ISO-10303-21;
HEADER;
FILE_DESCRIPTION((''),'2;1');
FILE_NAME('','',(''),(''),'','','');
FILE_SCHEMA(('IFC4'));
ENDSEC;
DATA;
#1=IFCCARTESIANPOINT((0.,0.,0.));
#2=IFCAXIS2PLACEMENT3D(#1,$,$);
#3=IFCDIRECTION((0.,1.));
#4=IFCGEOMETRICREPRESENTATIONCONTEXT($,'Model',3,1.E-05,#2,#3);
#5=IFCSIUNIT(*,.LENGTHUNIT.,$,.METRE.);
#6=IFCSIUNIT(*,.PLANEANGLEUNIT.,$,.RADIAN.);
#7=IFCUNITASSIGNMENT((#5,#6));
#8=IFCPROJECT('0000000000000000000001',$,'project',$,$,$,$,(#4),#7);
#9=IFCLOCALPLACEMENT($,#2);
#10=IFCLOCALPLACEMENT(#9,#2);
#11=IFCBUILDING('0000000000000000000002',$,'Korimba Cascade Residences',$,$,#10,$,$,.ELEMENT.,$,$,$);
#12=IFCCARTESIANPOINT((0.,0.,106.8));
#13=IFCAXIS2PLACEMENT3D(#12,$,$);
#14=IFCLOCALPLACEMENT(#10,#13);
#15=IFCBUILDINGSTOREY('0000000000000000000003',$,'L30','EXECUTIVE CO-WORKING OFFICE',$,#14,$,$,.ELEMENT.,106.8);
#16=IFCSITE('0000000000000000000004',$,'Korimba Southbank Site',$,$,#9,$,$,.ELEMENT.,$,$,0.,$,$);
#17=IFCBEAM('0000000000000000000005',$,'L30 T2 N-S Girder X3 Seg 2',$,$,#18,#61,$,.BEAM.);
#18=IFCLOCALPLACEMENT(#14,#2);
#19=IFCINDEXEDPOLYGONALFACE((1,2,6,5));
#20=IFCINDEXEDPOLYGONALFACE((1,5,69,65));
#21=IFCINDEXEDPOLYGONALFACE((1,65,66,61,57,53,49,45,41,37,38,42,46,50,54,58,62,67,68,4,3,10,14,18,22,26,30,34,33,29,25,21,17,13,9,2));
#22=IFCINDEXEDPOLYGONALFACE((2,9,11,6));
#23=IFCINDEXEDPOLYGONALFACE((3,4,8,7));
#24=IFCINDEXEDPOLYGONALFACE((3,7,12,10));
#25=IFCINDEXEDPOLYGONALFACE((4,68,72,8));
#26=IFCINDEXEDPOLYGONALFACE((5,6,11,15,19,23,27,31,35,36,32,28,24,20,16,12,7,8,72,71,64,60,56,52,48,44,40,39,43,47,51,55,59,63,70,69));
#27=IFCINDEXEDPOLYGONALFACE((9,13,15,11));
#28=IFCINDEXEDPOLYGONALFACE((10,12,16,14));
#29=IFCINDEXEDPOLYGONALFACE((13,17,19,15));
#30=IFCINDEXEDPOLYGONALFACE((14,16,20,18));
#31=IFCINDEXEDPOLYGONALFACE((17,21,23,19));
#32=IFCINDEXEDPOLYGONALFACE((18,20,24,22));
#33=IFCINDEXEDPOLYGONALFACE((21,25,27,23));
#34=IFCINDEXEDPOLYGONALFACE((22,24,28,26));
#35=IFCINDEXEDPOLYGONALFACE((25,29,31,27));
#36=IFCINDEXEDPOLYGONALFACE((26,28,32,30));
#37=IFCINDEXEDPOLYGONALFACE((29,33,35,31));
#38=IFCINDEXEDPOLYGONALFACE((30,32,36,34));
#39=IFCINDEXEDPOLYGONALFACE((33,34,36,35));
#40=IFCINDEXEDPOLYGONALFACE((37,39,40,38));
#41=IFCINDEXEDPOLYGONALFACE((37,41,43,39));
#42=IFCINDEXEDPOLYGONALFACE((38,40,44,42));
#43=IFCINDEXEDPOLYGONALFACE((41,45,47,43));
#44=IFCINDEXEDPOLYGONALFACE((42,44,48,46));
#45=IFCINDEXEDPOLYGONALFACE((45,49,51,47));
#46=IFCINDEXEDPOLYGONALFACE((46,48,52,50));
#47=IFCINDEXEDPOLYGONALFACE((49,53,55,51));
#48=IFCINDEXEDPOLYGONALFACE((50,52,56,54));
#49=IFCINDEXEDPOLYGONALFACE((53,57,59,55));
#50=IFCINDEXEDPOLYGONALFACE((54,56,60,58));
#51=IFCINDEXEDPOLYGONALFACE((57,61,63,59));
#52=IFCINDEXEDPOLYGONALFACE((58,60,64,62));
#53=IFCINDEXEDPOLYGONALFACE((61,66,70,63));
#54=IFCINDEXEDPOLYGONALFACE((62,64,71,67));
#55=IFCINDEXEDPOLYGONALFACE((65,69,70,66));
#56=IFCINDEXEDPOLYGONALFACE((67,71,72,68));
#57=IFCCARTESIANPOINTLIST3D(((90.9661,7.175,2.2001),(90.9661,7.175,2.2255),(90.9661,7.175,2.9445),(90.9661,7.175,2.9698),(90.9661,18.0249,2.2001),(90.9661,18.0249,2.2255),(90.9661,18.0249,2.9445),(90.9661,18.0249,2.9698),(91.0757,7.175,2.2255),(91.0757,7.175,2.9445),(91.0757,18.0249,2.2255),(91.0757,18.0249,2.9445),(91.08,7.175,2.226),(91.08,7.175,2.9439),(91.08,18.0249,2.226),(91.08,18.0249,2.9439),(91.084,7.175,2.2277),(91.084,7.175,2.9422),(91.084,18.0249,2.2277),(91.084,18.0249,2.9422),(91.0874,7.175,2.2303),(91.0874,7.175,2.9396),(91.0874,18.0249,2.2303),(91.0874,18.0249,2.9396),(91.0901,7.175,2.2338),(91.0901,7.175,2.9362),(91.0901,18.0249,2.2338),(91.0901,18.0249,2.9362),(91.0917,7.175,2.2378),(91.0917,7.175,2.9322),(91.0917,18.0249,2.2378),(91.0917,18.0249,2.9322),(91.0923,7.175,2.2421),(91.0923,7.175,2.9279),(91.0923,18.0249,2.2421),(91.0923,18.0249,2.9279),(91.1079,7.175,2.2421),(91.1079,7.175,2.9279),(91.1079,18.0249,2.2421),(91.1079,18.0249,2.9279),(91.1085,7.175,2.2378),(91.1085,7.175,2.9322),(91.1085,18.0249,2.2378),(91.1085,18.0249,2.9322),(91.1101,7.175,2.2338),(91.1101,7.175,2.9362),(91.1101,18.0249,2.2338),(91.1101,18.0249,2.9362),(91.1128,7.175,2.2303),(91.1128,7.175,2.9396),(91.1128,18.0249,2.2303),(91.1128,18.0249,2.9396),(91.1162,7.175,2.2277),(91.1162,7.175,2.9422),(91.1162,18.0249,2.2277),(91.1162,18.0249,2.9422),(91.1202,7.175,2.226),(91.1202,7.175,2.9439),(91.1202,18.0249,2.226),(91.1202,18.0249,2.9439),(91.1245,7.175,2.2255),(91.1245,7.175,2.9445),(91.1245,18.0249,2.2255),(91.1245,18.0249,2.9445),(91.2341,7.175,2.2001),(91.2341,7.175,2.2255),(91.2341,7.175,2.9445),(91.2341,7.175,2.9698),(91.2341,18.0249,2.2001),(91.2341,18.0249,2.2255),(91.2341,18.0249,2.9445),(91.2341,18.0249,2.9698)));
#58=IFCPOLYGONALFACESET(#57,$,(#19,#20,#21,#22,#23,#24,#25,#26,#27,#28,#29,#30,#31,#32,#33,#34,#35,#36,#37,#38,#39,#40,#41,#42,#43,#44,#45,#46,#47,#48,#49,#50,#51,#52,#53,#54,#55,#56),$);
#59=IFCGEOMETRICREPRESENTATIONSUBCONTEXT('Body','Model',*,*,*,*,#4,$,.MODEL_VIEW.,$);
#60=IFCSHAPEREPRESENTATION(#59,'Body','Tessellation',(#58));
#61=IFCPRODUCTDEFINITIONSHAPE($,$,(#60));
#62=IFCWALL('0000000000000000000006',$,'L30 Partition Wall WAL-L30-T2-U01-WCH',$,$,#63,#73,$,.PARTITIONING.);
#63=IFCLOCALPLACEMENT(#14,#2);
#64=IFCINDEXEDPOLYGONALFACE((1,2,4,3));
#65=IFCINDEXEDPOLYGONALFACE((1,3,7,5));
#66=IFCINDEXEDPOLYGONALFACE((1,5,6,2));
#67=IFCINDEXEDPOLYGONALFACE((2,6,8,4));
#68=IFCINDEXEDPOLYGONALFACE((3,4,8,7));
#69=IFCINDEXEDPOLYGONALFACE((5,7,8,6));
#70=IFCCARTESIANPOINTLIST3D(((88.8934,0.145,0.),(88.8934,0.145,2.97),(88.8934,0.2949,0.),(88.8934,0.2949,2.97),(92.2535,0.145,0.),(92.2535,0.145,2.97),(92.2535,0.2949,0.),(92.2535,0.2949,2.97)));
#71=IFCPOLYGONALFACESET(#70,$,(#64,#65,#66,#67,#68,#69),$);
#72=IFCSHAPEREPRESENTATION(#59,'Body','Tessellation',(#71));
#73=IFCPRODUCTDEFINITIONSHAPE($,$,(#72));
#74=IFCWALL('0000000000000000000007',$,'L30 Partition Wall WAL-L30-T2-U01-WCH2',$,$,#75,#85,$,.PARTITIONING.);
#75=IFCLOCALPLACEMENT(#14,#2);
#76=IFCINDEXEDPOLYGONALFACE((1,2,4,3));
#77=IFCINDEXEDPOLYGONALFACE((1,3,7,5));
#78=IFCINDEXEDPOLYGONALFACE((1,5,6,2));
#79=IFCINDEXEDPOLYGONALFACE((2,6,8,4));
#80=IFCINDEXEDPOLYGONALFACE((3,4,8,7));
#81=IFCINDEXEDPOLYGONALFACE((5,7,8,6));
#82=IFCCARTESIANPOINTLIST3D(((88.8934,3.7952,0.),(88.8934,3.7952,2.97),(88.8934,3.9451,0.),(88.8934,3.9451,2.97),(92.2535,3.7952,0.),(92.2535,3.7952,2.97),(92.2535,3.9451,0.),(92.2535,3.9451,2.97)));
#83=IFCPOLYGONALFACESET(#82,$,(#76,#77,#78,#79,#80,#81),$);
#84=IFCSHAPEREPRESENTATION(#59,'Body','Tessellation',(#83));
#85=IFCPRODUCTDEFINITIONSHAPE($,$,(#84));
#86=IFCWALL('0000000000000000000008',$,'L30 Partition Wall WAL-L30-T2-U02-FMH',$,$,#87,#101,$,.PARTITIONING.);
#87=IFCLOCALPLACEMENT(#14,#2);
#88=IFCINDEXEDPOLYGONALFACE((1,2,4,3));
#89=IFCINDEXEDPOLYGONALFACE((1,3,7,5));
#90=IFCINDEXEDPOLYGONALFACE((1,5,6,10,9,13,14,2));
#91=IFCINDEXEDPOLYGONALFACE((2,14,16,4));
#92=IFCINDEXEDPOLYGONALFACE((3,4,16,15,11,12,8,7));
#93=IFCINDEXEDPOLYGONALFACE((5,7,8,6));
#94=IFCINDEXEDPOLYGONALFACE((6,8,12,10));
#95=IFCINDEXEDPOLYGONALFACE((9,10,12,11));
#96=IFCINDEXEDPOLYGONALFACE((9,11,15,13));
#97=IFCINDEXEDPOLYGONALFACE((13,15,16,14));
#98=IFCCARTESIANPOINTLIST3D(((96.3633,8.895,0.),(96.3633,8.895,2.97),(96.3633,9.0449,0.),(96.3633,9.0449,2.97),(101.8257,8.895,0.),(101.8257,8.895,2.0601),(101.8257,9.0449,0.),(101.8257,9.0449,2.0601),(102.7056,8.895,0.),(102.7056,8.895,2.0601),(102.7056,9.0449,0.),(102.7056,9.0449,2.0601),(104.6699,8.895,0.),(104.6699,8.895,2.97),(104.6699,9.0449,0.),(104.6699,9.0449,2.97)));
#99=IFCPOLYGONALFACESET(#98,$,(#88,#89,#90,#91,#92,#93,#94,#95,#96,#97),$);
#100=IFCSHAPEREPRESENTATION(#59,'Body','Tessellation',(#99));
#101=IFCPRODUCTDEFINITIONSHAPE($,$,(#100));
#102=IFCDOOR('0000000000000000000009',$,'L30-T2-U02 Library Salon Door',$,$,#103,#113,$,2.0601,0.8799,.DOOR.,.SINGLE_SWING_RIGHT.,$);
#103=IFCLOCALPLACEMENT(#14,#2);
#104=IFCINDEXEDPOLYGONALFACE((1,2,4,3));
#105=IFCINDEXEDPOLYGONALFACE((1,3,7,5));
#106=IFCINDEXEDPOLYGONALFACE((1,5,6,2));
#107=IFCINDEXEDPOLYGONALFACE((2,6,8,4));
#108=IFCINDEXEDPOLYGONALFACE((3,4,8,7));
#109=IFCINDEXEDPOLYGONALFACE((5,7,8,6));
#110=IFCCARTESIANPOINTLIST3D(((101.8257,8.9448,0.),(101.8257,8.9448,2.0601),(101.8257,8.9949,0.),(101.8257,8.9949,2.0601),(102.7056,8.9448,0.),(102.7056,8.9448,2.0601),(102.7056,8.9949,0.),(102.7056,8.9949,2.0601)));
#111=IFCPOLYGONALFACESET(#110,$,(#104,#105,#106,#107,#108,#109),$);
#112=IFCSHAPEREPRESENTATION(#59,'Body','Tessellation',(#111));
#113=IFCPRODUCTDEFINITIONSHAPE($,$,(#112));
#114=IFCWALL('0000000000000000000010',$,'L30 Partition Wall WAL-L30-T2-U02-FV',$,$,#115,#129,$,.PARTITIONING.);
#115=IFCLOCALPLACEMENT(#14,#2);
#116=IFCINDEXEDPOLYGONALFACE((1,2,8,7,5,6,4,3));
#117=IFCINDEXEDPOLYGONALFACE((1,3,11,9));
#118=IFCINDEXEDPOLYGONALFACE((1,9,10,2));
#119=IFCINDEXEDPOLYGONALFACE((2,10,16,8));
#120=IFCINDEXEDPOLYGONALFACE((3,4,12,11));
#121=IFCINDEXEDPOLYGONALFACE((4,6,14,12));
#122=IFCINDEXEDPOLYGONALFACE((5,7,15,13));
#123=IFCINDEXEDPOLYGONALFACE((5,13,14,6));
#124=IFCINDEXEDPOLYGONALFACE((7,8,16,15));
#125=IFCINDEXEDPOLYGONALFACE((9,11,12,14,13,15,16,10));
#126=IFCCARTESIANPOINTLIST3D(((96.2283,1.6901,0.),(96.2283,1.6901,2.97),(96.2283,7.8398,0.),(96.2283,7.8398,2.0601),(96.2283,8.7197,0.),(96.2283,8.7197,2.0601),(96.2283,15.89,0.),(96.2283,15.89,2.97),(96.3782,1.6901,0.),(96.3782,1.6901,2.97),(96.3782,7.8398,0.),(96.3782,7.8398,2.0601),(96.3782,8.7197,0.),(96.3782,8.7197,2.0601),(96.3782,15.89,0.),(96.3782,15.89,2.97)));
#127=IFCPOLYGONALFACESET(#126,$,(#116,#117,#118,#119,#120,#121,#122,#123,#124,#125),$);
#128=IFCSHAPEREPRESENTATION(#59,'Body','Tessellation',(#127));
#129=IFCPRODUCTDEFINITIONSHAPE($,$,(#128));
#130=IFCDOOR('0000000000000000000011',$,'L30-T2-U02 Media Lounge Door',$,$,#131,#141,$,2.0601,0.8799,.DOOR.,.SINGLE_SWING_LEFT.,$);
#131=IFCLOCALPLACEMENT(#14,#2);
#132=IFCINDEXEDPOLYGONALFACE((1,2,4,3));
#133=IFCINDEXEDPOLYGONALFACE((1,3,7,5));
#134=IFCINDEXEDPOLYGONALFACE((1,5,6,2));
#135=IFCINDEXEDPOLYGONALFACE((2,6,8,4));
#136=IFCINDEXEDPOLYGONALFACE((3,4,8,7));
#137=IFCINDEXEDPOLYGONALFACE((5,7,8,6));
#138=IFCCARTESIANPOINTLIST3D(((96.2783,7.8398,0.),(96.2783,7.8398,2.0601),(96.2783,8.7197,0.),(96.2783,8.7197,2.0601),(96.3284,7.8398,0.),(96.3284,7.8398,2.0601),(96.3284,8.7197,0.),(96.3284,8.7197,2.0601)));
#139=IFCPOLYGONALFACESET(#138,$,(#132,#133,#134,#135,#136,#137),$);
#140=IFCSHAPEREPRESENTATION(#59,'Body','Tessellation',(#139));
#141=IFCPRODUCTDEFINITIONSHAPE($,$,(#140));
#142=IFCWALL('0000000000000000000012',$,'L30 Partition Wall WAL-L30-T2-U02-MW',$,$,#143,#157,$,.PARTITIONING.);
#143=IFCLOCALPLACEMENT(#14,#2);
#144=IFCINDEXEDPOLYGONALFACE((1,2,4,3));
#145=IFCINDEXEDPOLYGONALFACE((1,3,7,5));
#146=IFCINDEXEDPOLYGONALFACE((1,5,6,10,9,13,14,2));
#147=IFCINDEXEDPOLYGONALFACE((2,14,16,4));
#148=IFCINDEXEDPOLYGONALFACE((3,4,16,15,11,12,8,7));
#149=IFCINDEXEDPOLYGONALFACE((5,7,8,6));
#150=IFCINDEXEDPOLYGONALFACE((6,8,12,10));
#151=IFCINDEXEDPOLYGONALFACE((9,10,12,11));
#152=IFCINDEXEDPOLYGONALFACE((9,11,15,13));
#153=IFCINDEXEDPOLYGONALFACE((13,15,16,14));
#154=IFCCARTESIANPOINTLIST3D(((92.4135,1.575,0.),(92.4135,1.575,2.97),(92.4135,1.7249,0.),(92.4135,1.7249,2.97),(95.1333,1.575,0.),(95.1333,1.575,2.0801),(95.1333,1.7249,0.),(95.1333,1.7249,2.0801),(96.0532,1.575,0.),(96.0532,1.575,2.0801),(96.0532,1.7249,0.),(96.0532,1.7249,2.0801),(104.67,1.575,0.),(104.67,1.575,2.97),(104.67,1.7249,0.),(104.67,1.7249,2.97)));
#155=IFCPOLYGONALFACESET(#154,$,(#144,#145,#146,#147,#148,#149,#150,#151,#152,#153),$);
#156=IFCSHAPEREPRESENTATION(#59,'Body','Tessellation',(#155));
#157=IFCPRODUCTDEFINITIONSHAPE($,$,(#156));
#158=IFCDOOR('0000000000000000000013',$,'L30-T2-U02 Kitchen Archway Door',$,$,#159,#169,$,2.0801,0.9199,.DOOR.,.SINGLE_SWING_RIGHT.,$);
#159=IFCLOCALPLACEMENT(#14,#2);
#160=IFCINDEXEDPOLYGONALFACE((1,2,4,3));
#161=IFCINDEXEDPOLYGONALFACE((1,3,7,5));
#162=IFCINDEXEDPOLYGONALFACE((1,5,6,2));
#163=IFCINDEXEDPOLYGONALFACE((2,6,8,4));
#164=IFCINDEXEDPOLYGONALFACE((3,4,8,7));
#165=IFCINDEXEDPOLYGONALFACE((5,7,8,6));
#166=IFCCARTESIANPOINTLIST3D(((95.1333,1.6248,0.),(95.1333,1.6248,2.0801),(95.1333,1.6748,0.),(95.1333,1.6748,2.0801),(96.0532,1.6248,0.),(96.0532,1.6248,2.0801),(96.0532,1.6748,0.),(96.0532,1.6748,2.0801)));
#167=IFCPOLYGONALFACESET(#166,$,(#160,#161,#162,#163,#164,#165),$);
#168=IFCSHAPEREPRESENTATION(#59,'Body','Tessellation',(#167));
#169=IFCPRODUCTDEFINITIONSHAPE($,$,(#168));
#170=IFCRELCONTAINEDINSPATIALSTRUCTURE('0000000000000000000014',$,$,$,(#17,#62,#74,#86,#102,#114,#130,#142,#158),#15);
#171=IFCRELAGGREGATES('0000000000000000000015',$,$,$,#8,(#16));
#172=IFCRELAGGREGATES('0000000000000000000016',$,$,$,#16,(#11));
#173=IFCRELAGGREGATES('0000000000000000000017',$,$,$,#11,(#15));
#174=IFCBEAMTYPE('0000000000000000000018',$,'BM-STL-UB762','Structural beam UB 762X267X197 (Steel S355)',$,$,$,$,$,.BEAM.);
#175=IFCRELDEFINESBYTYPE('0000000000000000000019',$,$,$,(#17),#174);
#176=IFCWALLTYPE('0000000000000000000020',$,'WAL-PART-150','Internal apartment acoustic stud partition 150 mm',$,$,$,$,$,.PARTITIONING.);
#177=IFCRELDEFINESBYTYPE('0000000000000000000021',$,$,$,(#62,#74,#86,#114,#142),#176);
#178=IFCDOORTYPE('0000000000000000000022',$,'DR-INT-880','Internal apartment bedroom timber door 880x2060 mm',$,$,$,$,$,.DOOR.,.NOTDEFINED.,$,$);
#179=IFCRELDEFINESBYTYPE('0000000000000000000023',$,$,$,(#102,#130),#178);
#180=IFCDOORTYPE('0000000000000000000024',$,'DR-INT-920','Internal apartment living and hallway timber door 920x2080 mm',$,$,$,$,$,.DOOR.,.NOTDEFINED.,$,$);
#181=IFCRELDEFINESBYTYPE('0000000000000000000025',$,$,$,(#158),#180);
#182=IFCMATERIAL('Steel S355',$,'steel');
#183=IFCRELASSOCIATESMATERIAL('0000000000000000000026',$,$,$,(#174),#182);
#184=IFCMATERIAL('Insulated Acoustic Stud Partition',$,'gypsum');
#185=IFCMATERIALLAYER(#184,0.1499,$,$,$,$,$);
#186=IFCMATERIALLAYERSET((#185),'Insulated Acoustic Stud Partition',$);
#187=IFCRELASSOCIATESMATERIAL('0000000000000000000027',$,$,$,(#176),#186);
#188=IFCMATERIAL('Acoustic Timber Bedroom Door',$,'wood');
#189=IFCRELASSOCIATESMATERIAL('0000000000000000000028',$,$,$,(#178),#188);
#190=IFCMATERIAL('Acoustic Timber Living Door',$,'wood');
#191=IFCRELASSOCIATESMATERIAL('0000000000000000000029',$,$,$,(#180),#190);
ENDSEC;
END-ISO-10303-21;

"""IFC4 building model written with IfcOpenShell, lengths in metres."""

from ifc_helpers import new_model, si_unit, direction, frame, frame_2d, origin, origin_2d, place, context, subcontext, project, spatial, rectangle, i_section, extrude, material, layer, layer_set, material_profile, profile_set, type_object, element, fill, save


model = new_model("IFC4")

# Units and contexts
model_context = context("Model", 3, precision=1e-05, world=origin(), true_north=direction((0.0, 1.0)))
body_context = subcontext(model_context, "Body", "Model", "MODEL_VIEW")
ifc_project = project(units=[si_unit("LENGTHUNIT", "METRE"), si_unit("PLANEANGLEUNIT", "RADIAN")], contexts=[model_context])

# Site, building, storey
site_placement = place(None, origin())
site = spatial("IfcSite", under=ifc_project, at=site_placement, Name="Korimba Southbank Site", CompositionType="ELEMENT", RefElevation=0.0)
building_placement = place(site_placement, origin())
building = spatial("IfcBuilding", under=site, at=building_placement, Name="Korimba Cascade Residences", CompositionType="ELEMENT")
storey_placement = place(building_placement, frame((0.0, 0.0, 106.8)))
storey = spatial("IfcBuildingStorey", under=building, at=storey_placement, Name="L30", Description="EXECUTIVE CO-WORKING OFFICE", CompositionType="ELEMENT", Elevation=106.8)

# Beam
ifc_material_1 = material(Name="Steel S355", Category="steel")
ifc_material_profile_1 = material_profile(ifc_material_1, i_section(OverallWidth=0.2681, OverallDepth=0.7698, WebThickness=0.0156, FlangeThickness=0.0254, FilletRadius=0.0166, at=origin_2d()), Name="Steel S355")
ifc_profile_set_1 = profile_set([ifc_material_profile_1], Name="Steel S355")
beam_type_1 = type_object("IfcBeamType", Name="BM-STL-UB762", Description="Structural beam UB 762X267X197 (Steel S355)", PredefinedType="BEAM", material=ifc_profile_set_1)
for number, where, z_axis, x_axis, name in (
    (1, (91.1001, 7.175, 2.585), (0.0, 1.0, 0.0), (-1.0, 0.0, 0.0), "L30 T2 N-S Girder X3 Seg 2"),
):
    element("IfcBeam", number, at=place(storey_placement, frame(where, z_axis=z_axis, x_axis=x_axis)), inside=storey, type_object=beam_type_1, Name=name, PredefinedType="BEAM", context=body_context, shape_type="SweptSolid", body=[
        extrude(i_section(OverallWidth=0.2681, OverallDepth=0.7698, WebThickness=0.0156, FlangeThickness=0.0254, FilletRadius=0.0166, at=origin_2d()), origin(), (0.0, 0.0, 1.0), 10.8499),
    ])

# Walls
ifc_material_2 = material(Name="Insulated Acoustic Stud Partition", Category="gypsum")
ifc_layer = layer(ifc_material_2, 0.1499)
ifc_layer_set = layer_set([ifc_layer], Name="Insulated Acoustic Stud Partition")
wall_type = type_object("IfcWallType", Name="WAL-PART-150", Description="Internal apartment acoustic stud partition 150 mm", PredefinedType="PARTITIONING", material=ifc_layer_set)
for number, where, z_axis, x_axis, name in (
    (2, (88.8933, 0.22, 0.0), (0.0, 0.0, 1.0), (1.0, 0.0, 0.0), "L30 Partition Wall WAL-L30-T2-U01-WCH"),
    (3, (88.8933, 3.8701, 0.0), (0.0, 0.0, 1.0), (1.0, 0.0, 0.0), "L30 Partition Wall WAL-L30-T2-U01-WCH2"),
):
    element("IfcWall", number, at=place(storey_placement, frame(where, z_axis=z_axis, x_axis=x_axis)), inside=storey, type_object=wall_type, Name=name, PredefinedType="PARTITIONING", context=body_context, shape_type="SweptSolid", body=[
        extrude(rectangle(XDim=3.3601, YDim=0.1499, at=frame_2d((1.6802, 0.0))), origin(), (0.0, 0.0, 1.0), 2.97),
    ])

# Walls, openings, doors
wall_1_placement = place(storey_placement, frame((96.3633, 8.97, 0.0), z_axis=(0.0, 0.0, 1.0), x_axis=(1.0, 0.0, 0.0)))
wall_1 = element("IfcWall", 4, at=wall_1_placement, inside=storey, type_object=wall_type, Name="L30 Partition Wall WAL-L30-T2-U02-FMH", PredefinedType="PARTITIONING", context=body_context, shape_type="SweptSolid", body=[
    extrude(rectangle(XDim=8.3066, YDim=0.1499, at=frame_2d((4.1533, 0.0))), origin(), (0.0, 0.0, 1.0), 2.97),
])
opening_1_placement = place(wall_1_placement, frame((5.4624, 0.0, 0.0)))
opening_1 = element("IfcOpeningElement", 5, at=opening_1_placement, cuts=wall_1, PredefinedType="OPENING", context=body_context, shape_type="SweptSolid", body=[
    extrude(rectangle(XDim=0.8799, YDim=2.0601, at=frame_2d((0.4399, 1.03))), frame((0.0, 0.085, 0.0), z_axis=(0.0, -1.0, 0.0), x_axis=(1.0, 0.0, 0.0)), (0.0, 0.0, 1.0), 0.1699),
])
ifc_material_3 = material(Name="Acoustic Timber Bedroom Door", Category="wood")
door_type_1 = type_object("IfcDoorType", Name="DR-INT-880", Description="Internal apartment bedroom timber door 880x2060 mm", OperationType="NOTDEFINED", PredefinedType="DOOR", material=ifc_material_3)
door_1_placement = place(opening_1_placement, origin())
door_1 = element("IfcDoor", 6, at=door_1_placement, inside=storey, type_object=door_type_1, Name="L30-T2-U02 Library Salon Door", OperationType="SINGLE_SWING_RIGHT", OverallHeight=2.0601, OverallWidth=0.8799, PredefinedType="DOOR", context=body_context, shape_type="SweptSolid", body=[
    extrude(rectangle(XDim=0.8799, YDim=2.0601, at=frame_2d((0.4399, 1.03))), frame((0.0, 0.0249, 0.0), z_axis=(0.0, -1.0, 0.0), x_axis=(1.0, 0.0, 0.0)), (0.0, 0.0, 1.0), 0.05),
])
fill(opening_1, door_1)
wall_2_placement = place(storey_placement, frame((96.3032, 1.6899, 0.0), z_axis=(0.0, 0.0, 1.0), x_axis=(0.0, 1.0, 0.0)))
wall_2 = element("IfcWall", 7, at=wall_2_placement, inside=storey, type_object=wall_type, Name="L30 Partition Wall WAL-L30-T2-U02-FV", PredefinedType="PARTITIONING", context=body_context, shape_type="SweptSolid", body=[
    extrude(rectangle(XDim=14.2, YDim=0.1499, at=frame_2d((7.1001, 0.0))), origin(), (0.0, 0.0, 1.0), 2.97),
])
opening_2_placement = place(wall_2_placement, frame((6.1499, 0.0, 0.0)))
opening_2 = element("IfcOpeningElement", 8, at=opening_2_placement, cuts=wall_2, PredefinedType="OPENING", context=body_context, shape_type="SweptSolid", body=[
    extrude(rectangle(XDim=0.8799, YDim=2.0601, at=frame_2d((0.4399, 1.03))), frame((0.0, 0.085, 0.0), z_axis=(0.0, -1.0, 0.0), x_axis=(1.0, 0.0, 0.0)), (0.0, 0.0, 1.0), 0.1699),
])
door_2_placement = place(opening_2_placement, origin())
door_2 = element("IfcDoor", 9, at=door_2_placement, inside=storey, type_object=door_type_1, Name="L30-T2-U02 Media Lounge Door", OperationType="SINGLE_SWING_LEFT", OverallHeight=2.0601, OverallWidth=0.8799, PredefinedType="DOOR", context=body_context, shape_type="SweptSolid", body=[
    extrude(rectangle(XDim=0.8799, YDim=2.0601, at=frame_2d((0.4399, 1.03))), frame((0.0, 0.0249, 0.0), z_axis=(0.0, -1.0, 0.0), x_axis=(1.0, 0.0, 0.0)), (0.0, 0.0, 1.0), 0.05),
])
fill(opening_2, door_2)
wall_3_placement = place(storey_placement, frame((92.4133, 1.6499, 0.0), z_axis=(0.0, 0.0, 1.0), x_axis=(1.0, 0.0, 0.0)))
wall_3 = element("IfcWall", 10, at=wall_3_placement, inside=storey, type_object=wall_type, Name="L30 Partition Wall WAL-L30-T2-U02-MW", PredefinedType="PARTITIONING", context=body_context, shape_type="SweptSolid", body=[
    extrude(rectangle(XDim=12.2566, YDim=0.1499, at=frame_2d((6.1284, 0.0))), origin(), (0.0, 0.0, 1.0), 2.97),
])
opening_3_placement = place(wall_3_placement, frame((2.72, 0.0, 0.0)))
opening_3 = element("IfcOpeningElement", 11, at=opening_3_placement, cuts=wall_3, PredefinedType="OPENING", context=body_context, shape_type="SweptSolid", body=[
    extrude(rectangle(XDim=0.9199, YDim=2.0801, at=frame_2d((0.46, 1.04))), frame((0.0, 0.085, 0.0), z_axis=(0.0, -1.0, 0.0), x_axis=(1.0, 0.0, 0.0)), (0.0, 0.0, 1.0), 0.1699),
])
ifc_material_4 = material(Name="Acoustic Timber Living Door", Category="wood")
door_type_2 = type_object("IfcDoorType", Name="DR-INT-920", Description="Internal apartment living and hallway timber door 920x2080 mm", OperationType="NOTDEFINED", PredefinedType="DOOR", material=ifc_material_4)
door_3_placement = place(opening_3_placement, origin())
door_3 = element("IfcDoor", 12, at=door_3_placement, inside=storey, type_object=door_type_2, Name="L30-T2-U02 Kitchen Archway Door", OperationType="SINGLE_SWING_RIGHT", OverallHeight=2.0801, OverallWidth=0.9199, PredefinedType="DOOR", context=body_context, shape_type="SweptSolid", body=[
    extrude(rectangle(XDim=0.9199, YDim=2.0801, at=frame_2d((0.46, 1.04))), frame((0.0, 0.0249, 0.0), z_axis=(0.0, -1.0, 0.0), x_axis=(1.0, 0.0, 0.0)), (0.0, 0.0, 1.0), 0.05),
])
fill(opening_3, door_3)

save(model, "model.ifc")
